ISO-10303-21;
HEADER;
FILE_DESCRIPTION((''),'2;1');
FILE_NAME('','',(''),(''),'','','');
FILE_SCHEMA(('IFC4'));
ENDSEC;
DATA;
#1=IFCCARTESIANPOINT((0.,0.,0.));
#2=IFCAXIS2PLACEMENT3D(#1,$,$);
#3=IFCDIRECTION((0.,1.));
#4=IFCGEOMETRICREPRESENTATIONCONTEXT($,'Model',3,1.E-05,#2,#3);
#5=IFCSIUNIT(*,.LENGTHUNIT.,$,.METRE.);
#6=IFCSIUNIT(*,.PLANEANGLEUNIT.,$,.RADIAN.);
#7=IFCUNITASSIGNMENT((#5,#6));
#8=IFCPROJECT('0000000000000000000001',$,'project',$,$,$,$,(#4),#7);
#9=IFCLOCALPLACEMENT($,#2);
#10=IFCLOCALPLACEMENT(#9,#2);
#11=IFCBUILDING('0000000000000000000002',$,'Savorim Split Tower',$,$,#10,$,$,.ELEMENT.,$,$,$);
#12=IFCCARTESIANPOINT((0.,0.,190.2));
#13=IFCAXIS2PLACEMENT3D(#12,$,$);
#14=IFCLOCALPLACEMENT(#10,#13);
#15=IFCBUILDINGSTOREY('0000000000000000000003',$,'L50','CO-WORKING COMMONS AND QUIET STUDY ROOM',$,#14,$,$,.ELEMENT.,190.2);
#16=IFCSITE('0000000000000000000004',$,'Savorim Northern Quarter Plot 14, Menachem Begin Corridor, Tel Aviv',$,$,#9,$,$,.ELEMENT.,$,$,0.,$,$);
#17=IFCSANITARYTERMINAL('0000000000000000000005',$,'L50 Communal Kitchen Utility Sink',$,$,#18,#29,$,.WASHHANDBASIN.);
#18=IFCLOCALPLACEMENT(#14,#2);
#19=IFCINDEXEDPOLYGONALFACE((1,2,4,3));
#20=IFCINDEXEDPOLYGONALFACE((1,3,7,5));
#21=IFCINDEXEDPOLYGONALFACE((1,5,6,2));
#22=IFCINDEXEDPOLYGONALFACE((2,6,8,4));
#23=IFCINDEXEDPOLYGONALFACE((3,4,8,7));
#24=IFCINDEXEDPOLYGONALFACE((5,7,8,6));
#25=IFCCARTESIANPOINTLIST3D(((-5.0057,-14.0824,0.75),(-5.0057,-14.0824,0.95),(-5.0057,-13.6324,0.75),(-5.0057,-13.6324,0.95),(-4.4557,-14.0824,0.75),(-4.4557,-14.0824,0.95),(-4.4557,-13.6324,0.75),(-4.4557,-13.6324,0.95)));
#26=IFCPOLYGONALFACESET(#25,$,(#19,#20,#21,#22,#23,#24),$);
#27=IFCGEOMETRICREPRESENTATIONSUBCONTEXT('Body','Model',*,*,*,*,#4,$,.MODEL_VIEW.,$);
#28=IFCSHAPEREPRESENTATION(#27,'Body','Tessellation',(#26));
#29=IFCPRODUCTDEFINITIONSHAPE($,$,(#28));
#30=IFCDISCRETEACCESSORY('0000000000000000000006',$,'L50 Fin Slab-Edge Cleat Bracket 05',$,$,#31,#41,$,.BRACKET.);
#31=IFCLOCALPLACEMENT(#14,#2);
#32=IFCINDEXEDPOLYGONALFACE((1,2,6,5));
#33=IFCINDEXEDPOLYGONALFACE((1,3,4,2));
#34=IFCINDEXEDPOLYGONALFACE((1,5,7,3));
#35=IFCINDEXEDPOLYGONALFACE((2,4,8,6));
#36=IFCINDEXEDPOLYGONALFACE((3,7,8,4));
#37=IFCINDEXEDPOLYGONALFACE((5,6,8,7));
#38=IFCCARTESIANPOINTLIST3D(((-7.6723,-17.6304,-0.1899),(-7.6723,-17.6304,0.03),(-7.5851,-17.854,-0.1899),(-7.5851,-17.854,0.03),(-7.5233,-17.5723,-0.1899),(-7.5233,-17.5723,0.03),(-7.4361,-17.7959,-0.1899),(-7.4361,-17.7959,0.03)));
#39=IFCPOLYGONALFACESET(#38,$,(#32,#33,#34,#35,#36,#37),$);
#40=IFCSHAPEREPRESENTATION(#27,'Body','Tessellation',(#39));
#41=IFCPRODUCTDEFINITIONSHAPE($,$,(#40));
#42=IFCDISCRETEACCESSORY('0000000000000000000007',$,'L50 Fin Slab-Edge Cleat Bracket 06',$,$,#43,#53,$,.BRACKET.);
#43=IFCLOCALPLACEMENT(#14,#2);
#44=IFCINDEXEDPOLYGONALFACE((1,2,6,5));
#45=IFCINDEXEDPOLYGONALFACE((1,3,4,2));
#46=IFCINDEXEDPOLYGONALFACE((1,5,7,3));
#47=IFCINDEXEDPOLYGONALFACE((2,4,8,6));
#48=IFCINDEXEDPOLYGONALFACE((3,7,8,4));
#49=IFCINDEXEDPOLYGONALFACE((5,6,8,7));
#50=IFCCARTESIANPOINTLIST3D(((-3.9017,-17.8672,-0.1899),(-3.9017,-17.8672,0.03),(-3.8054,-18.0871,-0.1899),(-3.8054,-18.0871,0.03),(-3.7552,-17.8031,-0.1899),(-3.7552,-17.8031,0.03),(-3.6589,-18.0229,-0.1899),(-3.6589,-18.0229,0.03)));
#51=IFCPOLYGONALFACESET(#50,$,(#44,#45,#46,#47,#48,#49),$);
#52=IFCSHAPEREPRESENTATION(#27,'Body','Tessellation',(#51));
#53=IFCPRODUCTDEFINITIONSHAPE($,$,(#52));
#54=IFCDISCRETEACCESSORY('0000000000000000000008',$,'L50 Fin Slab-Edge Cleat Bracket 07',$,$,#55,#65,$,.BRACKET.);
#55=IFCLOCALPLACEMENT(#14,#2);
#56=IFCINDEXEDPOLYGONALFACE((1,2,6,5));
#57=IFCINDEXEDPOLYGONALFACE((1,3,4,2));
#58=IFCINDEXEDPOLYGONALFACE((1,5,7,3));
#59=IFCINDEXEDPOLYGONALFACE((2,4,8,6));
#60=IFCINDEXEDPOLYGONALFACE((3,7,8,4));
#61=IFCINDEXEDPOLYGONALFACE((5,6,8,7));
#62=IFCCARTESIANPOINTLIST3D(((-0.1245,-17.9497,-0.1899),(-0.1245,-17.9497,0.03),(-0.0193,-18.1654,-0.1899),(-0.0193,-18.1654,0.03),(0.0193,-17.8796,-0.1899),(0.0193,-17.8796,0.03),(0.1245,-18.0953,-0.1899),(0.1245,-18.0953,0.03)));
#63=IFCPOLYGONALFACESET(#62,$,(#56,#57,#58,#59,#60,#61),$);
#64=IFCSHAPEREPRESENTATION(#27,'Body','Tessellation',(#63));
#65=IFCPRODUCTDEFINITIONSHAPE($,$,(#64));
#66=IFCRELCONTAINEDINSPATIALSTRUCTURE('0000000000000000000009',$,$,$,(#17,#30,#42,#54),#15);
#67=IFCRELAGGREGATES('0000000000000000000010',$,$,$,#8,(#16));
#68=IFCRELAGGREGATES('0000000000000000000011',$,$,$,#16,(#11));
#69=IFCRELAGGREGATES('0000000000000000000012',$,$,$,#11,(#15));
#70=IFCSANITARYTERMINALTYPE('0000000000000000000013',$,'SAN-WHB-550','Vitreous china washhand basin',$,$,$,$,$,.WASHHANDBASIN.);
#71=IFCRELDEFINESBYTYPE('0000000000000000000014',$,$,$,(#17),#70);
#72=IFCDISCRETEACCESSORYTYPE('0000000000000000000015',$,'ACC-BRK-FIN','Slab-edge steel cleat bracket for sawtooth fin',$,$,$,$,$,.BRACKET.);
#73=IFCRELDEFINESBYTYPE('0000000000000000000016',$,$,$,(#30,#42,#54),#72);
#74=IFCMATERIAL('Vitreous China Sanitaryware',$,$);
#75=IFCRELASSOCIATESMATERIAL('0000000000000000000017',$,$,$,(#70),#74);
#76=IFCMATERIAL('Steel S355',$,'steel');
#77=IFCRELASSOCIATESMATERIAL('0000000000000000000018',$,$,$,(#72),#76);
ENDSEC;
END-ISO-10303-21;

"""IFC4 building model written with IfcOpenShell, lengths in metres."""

from ifc_helpers import new_model, si_unit, direction, frame, origin, origin_2d, place, context, subcontext, project, spatial, rectangle, extrude, material, type_object, element, save


model = new_model("IFC4")

# Units and contexts
model_context = context("Model", 3, precision=1e-05, world=origin(), true_north=direction((0.0, 1.0)))
body_context = subcontext(model_context, "Body", "Model", "MODEL_VIEW")
ifc_project = project(units=[si_unit("LENGTHUNIT", "METRE"), si_unit("PLANEANGLEUNIT", "RADIAN")], contexts=[model_context])

# Site, building, storey
site_placement = place(None, origin())
site = spatial("IfcSite", under=ifc_project, at=site_placement, Name="Savorim Northern Quarter Plot 14, Menachem Begin Corridor, Tel Aviv", CompositionType="ELEMENT", RefElevation=0.0)
building_placement = place(site_placement, origin())
building = spatial("IfcBuilding", under=site, at=building_placement, Name="Savorim Split Tower", CompositionType="ELEMENT")
storey_placement = place(building_placement, frame((0.0, 0.0, 190.2)))
storey = spatial("IfcBuildingStorey", under=building, at=storey_placement, Name="L50", Description="CO-WORKING COMMONS AND QUIET STUDY ROOM", CompositionType="ELEMENT", Elevation=190.2)

# Shared definitions
ifc_material_1 = material(Name="Steel S355", Category="steel")

# Sanitary terminal
ifc_material_2 = material(Name="Vitreous China Sanitaryware")
sanitary_terminal_type = type_object("IfcSanitaryTerminalType", Name="SAN-WHB-550", Description="Vitreous china washhand basin", PredefinedType="WASHHANDBASIN", material=ifc_material_2)
sanitary_terminal_placement = place(storey_placement, frame((-4.7307, -13.8574, 0.75), z_axis=(0.0, 0.0, 1.0), x_axis=(1.0, 0.0, 0.0)))
element("IfcSanitaryTerminal", 1, at=sanitary_terminal_placement, inside=storey, type_object=sanitary_terminal_type, Name="L50 Communal Kitchen Utility Sink", PredefinedType="WASHHANDBASIN", context=body_context, shape_type="SweptSolid", body=[
    extrude(rectangle(XDim=0.55, YDim=0.45, at=origin_2d()), origin(), (0.0, 0.0, 1.0), 0.2),
])

# Discrete accessories
discrete_accessory_type = type_object("IfcDiscreteAccessoryType", Name="ACC-BRK-FIN", Description="Slab-edge steel cleat bracket for sawtooth fin", PredefinedType="BRACKET", material=ifc_material_1)
for number, where, z_axis, x_axis, name in (
    (2, (-7.5542, -17.7131, -0.1899), (0.0, 0.0, 1.0), (0.363415, -0.931627, 0.0), "L50 Fin Slab-Edge Cleat Bracket 05"),
    (3, (-3.7803, -17.9451, -0.1899), (0.0, 0.0, 1.0), (0.40123, -0.915977, 0.0), "L50 Fin Slab-Edge Cleat Bracket 06"),
    (4, (0.0, -18.0225, -0.1899), (0.0, 0.0, 1.0), (0.438371, -0.898794, 0.0), "L50 Fin Slab-Edge Cleat Bracket 07"),
):
    element("IfcDiscreteAccessory", number, at=place(storey_placement, frame(where, z_axis=z_axis, x_axis=x_axis)), inside=storey, type_object=discrete_accessory_type, Name=name, PredefinedType="BRACKET", context=body_context, shape_type="SweptSolid", body=[
        extrude(rectangle(XDim=0.24, YDim=0.1599, at=origin_2d()), origin(), (0.0, 0.0, 1.0), 0.22),
    ])

save(model, "model.ifc")
